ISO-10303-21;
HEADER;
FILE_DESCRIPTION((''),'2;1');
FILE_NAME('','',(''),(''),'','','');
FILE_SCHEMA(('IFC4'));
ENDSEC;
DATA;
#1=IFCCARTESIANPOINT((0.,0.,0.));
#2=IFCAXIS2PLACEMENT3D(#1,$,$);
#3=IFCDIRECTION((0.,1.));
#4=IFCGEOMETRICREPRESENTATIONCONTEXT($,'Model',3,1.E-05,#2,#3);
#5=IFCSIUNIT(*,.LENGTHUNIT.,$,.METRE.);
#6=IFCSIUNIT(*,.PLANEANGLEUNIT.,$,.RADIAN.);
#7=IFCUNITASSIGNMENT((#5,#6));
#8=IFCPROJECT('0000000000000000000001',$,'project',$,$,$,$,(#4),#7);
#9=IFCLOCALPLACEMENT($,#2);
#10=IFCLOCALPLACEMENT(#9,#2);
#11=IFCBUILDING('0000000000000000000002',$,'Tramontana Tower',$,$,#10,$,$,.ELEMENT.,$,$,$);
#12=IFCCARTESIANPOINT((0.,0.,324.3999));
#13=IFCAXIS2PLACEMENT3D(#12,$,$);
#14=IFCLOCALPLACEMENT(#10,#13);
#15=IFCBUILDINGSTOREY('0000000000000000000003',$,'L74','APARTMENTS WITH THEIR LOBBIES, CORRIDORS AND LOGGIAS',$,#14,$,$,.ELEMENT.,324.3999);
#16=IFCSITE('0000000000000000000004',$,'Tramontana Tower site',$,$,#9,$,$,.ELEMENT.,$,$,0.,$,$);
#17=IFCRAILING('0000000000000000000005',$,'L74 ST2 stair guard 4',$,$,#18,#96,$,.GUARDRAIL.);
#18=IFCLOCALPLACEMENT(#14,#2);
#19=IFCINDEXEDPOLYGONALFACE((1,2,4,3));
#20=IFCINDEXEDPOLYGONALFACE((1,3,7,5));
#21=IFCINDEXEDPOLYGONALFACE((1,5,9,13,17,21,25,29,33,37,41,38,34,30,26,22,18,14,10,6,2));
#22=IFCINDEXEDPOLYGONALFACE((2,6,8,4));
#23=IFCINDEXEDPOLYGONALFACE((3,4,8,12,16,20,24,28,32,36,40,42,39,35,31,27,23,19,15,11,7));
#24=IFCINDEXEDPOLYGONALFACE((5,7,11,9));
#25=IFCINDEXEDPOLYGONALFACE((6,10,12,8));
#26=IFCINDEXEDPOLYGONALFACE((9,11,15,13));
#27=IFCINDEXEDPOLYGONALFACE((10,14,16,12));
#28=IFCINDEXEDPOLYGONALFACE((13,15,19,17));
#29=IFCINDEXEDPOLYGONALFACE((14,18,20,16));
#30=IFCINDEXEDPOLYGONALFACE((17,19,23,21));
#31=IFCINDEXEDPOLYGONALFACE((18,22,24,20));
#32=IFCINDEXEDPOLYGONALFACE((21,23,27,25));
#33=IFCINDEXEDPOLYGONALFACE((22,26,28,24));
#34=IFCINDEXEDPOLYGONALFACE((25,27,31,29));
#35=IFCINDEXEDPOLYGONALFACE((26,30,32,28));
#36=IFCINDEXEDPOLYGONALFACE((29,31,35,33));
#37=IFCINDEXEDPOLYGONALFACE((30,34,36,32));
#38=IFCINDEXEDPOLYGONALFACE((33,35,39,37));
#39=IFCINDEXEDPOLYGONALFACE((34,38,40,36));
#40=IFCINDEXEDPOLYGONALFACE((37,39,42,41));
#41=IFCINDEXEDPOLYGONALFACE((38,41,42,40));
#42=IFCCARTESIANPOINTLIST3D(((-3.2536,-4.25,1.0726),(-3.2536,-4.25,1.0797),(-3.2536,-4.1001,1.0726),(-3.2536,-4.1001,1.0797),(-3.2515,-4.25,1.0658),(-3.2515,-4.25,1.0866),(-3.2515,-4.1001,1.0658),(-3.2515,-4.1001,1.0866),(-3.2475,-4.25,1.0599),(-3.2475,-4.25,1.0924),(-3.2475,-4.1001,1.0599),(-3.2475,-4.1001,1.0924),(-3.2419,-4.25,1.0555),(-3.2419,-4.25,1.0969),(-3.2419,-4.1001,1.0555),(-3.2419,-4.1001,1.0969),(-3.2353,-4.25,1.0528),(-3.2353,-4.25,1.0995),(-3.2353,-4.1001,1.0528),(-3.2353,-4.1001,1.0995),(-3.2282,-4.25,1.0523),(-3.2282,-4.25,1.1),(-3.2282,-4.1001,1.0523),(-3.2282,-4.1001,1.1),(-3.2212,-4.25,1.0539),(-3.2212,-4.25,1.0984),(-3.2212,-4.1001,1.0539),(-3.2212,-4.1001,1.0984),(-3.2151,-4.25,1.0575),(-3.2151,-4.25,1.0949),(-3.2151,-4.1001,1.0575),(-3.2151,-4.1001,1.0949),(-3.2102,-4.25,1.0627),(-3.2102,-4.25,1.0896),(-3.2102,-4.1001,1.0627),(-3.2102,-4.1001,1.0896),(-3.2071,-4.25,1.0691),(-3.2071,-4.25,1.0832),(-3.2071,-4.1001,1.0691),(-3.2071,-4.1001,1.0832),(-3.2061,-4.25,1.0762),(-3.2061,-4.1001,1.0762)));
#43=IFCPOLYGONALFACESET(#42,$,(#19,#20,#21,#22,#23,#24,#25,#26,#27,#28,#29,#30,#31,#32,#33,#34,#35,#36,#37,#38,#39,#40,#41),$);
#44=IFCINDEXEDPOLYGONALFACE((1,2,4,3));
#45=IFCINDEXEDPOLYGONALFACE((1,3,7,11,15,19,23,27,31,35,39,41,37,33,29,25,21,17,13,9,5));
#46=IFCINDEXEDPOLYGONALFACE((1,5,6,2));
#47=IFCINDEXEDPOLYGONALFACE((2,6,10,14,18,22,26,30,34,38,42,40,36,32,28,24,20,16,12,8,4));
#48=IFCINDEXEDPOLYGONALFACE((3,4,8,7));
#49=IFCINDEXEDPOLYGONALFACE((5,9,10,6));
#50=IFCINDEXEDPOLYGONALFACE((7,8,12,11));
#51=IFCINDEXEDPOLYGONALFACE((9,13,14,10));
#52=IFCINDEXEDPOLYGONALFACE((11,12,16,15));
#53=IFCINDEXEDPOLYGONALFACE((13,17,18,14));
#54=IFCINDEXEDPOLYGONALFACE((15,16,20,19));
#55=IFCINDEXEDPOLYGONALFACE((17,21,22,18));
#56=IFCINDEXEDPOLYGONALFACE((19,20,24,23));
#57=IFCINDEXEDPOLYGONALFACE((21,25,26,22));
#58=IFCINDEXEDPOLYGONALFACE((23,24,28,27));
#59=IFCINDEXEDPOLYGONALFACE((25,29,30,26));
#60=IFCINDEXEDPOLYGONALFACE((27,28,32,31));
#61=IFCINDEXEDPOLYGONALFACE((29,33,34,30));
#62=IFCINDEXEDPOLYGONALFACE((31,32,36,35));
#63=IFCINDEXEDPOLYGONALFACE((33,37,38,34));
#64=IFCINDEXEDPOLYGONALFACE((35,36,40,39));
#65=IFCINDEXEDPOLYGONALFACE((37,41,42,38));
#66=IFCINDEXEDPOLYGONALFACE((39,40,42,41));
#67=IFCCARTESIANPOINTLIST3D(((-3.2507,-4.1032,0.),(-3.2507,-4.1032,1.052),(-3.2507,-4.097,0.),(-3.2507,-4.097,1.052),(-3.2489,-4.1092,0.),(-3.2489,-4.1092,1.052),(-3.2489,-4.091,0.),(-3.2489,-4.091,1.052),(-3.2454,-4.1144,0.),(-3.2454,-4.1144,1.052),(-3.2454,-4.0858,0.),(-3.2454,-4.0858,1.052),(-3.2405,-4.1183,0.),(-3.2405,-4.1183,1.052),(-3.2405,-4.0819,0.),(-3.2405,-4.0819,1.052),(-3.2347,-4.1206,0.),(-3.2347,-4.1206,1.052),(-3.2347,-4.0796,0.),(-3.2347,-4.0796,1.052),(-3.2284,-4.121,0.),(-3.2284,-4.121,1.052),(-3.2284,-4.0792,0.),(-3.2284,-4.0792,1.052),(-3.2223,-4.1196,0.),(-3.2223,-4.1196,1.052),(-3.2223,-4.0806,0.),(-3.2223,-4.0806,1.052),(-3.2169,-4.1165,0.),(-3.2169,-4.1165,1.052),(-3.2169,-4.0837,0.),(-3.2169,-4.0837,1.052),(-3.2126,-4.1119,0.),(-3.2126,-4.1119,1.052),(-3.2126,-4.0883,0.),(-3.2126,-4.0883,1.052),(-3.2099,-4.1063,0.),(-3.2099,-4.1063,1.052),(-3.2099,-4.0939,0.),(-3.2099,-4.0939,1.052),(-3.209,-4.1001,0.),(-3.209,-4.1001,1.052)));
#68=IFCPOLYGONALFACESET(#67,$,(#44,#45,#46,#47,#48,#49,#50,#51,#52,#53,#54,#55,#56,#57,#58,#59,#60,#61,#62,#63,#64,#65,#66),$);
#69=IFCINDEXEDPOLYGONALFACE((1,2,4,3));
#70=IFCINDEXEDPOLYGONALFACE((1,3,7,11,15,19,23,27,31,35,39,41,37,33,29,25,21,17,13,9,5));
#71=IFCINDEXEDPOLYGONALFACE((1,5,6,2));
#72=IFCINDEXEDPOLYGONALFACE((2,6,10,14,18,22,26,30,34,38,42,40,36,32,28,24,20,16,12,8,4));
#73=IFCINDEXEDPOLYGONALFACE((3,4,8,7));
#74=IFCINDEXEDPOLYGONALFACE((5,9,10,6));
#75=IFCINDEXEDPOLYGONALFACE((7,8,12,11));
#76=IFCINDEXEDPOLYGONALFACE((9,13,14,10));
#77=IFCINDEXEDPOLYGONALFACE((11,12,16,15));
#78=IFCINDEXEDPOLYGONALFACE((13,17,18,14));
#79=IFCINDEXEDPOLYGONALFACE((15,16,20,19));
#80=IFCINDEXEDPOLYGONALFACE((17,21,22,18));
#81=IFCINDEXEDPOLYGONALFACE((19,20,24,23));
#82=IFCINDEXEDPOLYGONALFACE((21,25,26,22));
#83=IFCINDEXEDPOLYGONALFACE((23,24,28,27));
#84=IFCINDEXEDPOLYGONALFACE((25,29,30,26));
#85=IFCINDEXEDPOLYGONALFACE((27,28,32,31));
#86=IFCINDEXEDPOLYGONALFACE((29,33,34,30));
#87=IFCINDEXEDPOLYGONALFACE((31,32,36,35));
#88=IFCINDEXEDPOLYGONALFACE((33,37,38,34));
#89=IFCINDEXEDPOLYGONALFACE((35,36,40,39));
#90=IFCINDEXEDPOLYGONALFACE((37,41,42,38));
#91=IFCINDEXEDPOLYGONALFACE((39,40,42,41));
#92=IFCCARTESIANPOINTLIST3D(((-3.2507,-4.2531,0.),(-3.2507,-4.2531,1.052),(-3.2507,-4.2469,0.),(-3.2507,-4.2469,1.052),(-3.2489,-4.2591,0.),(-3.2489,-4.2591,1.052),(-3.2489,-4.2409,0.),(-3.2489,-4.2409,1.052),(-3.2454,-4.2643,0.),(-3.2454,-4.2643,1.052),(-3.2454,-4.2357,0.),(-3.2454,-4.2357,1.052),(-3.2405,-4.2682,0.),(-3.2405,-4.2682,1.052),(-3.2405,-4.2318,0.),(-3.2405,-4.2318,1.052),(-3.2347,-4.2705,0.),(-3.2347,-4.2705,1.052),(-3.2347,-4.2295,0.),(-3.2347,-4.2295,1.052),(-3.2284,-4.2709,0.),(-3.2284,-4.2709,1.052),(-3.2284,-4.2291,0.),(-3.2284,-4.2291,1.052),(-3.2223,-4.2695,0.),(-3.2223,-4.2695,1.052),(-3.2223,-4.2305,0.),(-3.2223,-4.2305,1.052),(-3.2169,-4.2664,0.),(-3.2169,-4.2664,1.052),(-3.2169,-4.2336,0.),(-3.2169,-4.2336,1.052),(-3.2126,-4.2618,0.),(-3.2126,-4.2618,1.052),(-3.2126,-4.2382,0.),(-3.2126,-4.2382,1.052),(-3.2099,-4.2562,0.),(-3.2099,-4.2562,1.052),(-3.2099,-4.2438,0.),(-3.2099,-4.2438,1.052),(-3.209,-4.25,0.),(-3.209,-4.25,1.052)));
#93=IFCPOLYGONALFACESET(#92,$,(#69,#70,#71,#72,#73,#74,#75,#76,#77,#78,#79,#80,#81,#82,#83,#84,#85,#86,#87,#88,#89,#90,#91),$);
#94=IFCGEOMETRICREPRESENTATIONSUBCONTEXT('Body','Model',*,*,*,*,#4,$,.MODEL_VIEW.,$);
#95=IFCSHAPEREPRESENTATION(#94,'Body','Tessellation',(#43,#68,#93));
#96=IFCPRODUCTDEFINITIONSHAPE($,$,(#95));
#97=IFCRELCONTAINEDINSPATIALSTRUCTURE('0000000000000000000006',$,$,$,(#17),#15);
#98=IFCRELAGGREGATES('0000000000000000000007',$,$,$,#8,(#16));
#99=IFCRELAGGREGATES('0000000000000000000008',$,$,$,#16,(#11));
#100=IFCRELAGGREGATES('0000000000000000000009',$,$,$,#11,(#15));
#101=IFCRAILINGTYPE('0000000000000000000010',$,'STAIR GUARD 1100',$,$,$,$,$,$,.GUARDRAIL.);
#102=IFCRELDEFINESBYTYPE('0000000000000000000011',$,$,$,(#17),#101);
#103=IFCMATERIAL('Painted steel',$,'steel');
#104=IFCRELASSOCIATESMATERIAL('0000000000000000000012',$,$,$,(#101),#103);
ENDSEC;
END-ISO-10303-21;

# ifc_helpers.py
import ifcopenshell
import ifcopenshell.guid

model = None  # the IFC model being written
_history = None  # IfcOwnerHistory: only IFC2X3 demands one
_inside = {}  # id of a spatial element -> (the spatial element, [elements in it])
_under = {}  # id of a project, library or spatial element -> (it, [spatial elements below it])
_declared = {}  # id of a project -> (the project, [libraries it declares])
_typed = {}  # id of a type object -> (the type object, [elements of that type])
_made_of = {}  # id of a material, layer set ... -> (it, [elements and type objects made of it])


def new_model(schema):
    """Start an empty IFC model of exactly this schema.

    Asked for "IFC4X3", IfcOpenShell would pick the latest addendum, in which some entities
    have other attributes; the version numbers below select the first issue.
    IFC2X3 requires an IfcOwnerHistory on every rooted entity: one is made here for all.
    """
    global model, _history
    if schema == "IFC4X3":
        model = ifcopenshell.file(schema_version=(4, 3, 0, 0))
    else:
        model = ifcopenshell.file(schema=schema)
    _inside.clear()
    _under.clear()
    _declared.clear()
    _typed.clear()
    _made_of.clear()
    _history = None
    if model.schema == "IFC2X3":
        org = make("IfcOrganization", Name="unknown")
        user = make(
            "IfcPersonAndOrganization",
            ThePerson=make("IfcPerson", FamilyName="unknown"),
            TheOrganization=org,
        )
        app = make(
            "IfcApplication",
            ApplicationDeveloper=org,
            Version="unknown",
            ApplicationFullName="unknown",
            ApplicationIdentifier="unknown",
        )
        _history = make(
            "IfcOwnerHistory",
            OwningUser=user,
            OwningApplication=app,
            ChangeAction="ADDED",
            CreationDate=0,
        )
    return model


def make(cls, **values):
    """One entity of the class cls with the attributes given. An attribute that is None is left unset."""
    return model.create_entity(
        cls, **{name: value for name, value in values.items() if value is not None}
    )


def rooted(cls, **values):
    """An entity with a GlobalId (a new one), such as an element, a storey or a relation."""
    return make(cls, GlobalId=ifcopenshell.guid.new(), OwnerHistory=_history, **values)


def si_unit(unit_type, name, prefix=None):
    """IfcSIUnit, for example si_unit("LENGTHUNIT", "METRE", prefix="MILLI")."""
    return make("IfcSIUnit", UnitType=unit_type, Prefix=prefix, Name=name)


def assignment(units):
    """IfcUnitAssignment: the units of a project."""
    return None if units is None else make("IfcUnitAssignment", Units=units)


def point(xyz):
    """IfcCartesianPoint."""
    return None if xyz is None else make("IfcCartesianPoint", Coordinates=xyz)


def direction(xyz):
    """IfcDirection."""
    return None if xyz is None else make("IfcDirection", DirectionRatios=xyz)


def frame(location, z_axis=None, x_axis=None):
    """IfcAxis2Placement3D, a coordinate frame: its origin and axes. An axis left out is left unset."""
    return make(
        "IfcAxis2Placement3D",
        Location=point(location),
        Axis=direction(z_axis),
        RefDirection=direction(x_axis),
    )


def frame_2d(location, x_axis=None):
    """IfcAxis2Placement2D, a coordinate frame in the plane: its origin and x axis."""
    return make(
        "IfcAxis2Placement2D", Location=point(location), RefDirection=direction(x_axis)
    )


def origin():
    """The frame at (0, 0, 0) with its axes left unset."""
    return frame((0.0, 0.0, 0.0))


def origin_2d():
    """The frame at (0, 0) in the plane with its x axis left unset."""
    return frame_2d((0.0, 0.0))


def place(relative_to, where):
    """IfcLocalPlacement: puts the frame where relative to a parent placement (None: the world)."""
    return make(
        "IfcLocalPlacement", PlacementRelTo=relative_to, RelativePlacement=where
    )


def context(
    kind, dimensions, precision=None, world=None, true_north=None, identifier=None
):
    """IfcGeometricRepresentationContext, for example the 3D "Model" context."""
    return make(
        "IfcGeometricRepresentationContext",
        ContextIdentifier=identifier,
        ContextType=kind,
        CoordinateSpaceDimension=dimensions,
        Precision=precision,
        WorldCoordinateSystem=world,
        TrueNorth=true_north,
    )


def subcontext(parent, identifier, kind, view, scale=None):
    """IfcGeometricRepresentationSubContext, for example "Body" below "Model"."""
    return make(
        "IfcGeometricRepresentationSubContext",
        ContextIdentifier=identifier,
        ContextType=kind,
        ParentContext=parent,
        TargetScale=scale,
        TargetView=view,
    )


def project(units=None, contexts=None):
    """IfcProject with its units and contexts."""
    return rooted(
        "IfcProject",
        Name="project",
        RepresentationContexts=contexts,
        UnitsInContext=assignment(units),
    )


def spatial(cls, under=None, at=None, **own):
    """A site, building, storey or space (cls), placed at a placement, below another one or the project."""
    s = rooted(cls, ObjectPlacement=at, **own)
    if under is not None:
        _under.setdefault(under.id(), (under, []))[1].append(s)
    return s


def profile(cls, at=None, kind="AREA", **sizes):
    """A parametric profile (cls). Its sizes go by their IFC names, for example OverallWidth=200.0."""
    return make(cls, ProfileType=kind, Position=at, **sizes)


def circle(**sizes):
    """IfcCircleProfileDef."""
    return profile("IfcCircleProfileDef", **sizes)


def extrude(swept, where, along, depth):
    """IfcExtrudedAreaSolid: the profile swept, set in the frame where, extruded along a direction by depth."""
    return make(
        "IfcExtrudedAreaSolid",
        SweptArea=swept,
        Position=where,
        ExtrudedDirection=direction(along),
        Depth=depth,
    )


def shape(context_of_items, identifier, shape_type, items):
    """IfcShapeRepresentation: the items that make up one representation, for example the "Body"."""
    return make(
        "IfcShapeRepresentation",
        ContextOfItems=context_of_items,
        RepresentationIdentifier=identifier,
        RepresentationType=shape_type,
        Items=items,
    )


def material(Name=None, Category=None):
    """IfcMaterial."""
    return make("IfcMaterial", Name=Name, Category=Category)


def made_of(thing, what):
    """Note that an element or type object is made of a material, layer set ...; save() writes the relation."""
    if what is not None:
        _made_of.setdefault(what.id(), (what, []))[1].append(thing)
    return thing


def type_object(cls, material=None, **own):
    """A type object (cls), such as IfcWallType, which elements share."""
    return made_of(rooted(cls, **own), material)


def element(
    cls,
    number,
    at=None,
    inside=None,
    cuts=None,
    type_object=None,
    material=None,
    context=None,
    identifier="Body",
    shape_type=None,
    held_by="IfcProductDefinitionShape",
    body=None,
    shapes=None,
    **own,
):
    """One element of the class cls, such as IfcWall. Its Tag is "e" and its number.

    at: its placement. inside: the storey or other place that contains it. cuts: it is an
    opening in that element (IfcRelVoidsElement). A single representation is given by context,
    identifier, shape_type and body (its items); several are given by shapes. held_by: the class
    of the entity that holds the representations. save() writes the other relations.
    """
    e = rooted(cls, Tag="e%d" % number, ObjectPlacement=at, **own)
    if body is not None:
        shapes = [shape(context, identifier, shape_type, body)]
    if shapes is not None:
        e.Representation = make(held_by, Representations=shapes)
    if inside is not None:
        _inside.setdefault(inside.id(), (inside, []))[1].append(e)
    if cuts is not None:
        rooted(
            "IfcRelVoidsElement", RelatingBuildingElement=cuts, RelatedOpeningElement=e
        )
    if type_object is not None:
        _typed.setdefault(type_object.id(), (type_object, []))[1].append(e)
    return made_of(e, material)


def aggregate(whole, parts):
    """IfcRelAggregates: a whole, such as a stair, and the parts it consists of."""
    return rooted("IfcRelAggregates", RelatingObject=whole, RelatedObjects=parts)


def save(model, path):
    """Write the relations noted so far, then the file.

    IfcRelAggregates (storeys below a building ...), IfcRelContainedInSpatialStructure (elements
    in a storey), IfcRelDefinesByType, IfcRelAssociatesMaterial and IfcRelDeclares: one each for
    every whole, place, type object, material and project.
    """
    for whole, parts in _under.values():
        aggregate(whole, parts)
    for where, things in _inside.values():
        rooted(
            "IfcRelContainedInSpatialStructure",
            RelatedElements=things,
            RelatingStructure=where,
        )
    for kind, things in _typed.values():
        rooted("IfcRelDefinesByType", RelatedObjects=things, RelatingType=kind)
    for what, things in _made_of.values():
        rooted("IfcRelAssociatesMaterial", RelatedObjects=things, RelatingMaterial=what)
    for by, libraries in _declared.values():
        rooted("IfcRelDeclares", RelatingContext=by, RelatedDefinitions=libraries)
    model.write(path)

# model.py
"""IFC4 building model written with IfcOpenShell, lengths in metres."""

from ifc_helpers import new_model, si_unit, direction, frame, origin, origin_2d, place, context, subcontext, project, spatial, circle, extrude, material, type_object, element, save


model = new_model("IFC4")

# Units and contexts
model_context = context("Model", 3, precision=1e-05, world=origin(), true_north=direction((0.0, 1.0)))
body_context = subcontext(model_context, "Body", "Model", "MODEL_VIEW")
ifc_project = project(units=[si_unit("LENGTHUNIT", "METRE"), si_unit("PLANEANGLEUNIT", "RADIAN")], contexts=[model_context])

# Site, building, storey
site_placement = place(None, origin())
site = spatial("IfcSite", under=ifc_project, at=site_placement, Name="Tramontana Tower site", CompositionType="ELEMENT", RefElevation=0.0)
building_placement = place(site_placement, origin())
building = spatial("IfcBuilding", under=site, at=building_placement, Name="Tramontana Tower", CompositionType="ELEMENT")
storey_placement = place(building_placement, frame((0.0, 0.0, 324.3999)))
storey = spatial("IfcBuildingStorey", under=building, at=storey_placement, Name="L74", Description="APARTMENTS WITH THEIR LOBBIES, CORRIDORS AND LOGGIAS", CompositionType="ELEMENT", Elevation=324.3999)

# Railing
ifc_material_1 = material(Name="Painted steel", Category="steel")
railing_type_1 = type_object("IfcRailingType", Name="STAIR GUARD 1100", PredefinedType="GUARDRAIL", material=ifc_material_1)
railing_1_placement = place(storey_placement, frame((-3.23, -4.1001, 0.0)))
element("IfcRailing", 1, at=railing_1_placement, inside=storey, type_object=railing_type_1, Name="L74 ST2 stair guard 4", PredefinedType="GUARDRAIL", context=body_context, shape_type="SweptSolid", body=[
    extrude(circle(Radius=0.0239, at=origin_2d()), frame((0.0, 0.0, 1.0762), z_axis=(0.0, -1.0, 0.0), x_axis=(1.0, 0.0, 0.0)), (0.0, 0.0, 1.0), 0.1499),
    extrude(circle(Radius=0.021, at=origin_2d()), origin(), (0.0, 0.0, 1.0), 1.052),
    extrude(circle(Radius=0.021, at=origin_2d()), frame((0.0, -0.1499, 0.0)), (0.0, 0.0, 1.0), 1.052),
])

save(model, "model.ifc")
